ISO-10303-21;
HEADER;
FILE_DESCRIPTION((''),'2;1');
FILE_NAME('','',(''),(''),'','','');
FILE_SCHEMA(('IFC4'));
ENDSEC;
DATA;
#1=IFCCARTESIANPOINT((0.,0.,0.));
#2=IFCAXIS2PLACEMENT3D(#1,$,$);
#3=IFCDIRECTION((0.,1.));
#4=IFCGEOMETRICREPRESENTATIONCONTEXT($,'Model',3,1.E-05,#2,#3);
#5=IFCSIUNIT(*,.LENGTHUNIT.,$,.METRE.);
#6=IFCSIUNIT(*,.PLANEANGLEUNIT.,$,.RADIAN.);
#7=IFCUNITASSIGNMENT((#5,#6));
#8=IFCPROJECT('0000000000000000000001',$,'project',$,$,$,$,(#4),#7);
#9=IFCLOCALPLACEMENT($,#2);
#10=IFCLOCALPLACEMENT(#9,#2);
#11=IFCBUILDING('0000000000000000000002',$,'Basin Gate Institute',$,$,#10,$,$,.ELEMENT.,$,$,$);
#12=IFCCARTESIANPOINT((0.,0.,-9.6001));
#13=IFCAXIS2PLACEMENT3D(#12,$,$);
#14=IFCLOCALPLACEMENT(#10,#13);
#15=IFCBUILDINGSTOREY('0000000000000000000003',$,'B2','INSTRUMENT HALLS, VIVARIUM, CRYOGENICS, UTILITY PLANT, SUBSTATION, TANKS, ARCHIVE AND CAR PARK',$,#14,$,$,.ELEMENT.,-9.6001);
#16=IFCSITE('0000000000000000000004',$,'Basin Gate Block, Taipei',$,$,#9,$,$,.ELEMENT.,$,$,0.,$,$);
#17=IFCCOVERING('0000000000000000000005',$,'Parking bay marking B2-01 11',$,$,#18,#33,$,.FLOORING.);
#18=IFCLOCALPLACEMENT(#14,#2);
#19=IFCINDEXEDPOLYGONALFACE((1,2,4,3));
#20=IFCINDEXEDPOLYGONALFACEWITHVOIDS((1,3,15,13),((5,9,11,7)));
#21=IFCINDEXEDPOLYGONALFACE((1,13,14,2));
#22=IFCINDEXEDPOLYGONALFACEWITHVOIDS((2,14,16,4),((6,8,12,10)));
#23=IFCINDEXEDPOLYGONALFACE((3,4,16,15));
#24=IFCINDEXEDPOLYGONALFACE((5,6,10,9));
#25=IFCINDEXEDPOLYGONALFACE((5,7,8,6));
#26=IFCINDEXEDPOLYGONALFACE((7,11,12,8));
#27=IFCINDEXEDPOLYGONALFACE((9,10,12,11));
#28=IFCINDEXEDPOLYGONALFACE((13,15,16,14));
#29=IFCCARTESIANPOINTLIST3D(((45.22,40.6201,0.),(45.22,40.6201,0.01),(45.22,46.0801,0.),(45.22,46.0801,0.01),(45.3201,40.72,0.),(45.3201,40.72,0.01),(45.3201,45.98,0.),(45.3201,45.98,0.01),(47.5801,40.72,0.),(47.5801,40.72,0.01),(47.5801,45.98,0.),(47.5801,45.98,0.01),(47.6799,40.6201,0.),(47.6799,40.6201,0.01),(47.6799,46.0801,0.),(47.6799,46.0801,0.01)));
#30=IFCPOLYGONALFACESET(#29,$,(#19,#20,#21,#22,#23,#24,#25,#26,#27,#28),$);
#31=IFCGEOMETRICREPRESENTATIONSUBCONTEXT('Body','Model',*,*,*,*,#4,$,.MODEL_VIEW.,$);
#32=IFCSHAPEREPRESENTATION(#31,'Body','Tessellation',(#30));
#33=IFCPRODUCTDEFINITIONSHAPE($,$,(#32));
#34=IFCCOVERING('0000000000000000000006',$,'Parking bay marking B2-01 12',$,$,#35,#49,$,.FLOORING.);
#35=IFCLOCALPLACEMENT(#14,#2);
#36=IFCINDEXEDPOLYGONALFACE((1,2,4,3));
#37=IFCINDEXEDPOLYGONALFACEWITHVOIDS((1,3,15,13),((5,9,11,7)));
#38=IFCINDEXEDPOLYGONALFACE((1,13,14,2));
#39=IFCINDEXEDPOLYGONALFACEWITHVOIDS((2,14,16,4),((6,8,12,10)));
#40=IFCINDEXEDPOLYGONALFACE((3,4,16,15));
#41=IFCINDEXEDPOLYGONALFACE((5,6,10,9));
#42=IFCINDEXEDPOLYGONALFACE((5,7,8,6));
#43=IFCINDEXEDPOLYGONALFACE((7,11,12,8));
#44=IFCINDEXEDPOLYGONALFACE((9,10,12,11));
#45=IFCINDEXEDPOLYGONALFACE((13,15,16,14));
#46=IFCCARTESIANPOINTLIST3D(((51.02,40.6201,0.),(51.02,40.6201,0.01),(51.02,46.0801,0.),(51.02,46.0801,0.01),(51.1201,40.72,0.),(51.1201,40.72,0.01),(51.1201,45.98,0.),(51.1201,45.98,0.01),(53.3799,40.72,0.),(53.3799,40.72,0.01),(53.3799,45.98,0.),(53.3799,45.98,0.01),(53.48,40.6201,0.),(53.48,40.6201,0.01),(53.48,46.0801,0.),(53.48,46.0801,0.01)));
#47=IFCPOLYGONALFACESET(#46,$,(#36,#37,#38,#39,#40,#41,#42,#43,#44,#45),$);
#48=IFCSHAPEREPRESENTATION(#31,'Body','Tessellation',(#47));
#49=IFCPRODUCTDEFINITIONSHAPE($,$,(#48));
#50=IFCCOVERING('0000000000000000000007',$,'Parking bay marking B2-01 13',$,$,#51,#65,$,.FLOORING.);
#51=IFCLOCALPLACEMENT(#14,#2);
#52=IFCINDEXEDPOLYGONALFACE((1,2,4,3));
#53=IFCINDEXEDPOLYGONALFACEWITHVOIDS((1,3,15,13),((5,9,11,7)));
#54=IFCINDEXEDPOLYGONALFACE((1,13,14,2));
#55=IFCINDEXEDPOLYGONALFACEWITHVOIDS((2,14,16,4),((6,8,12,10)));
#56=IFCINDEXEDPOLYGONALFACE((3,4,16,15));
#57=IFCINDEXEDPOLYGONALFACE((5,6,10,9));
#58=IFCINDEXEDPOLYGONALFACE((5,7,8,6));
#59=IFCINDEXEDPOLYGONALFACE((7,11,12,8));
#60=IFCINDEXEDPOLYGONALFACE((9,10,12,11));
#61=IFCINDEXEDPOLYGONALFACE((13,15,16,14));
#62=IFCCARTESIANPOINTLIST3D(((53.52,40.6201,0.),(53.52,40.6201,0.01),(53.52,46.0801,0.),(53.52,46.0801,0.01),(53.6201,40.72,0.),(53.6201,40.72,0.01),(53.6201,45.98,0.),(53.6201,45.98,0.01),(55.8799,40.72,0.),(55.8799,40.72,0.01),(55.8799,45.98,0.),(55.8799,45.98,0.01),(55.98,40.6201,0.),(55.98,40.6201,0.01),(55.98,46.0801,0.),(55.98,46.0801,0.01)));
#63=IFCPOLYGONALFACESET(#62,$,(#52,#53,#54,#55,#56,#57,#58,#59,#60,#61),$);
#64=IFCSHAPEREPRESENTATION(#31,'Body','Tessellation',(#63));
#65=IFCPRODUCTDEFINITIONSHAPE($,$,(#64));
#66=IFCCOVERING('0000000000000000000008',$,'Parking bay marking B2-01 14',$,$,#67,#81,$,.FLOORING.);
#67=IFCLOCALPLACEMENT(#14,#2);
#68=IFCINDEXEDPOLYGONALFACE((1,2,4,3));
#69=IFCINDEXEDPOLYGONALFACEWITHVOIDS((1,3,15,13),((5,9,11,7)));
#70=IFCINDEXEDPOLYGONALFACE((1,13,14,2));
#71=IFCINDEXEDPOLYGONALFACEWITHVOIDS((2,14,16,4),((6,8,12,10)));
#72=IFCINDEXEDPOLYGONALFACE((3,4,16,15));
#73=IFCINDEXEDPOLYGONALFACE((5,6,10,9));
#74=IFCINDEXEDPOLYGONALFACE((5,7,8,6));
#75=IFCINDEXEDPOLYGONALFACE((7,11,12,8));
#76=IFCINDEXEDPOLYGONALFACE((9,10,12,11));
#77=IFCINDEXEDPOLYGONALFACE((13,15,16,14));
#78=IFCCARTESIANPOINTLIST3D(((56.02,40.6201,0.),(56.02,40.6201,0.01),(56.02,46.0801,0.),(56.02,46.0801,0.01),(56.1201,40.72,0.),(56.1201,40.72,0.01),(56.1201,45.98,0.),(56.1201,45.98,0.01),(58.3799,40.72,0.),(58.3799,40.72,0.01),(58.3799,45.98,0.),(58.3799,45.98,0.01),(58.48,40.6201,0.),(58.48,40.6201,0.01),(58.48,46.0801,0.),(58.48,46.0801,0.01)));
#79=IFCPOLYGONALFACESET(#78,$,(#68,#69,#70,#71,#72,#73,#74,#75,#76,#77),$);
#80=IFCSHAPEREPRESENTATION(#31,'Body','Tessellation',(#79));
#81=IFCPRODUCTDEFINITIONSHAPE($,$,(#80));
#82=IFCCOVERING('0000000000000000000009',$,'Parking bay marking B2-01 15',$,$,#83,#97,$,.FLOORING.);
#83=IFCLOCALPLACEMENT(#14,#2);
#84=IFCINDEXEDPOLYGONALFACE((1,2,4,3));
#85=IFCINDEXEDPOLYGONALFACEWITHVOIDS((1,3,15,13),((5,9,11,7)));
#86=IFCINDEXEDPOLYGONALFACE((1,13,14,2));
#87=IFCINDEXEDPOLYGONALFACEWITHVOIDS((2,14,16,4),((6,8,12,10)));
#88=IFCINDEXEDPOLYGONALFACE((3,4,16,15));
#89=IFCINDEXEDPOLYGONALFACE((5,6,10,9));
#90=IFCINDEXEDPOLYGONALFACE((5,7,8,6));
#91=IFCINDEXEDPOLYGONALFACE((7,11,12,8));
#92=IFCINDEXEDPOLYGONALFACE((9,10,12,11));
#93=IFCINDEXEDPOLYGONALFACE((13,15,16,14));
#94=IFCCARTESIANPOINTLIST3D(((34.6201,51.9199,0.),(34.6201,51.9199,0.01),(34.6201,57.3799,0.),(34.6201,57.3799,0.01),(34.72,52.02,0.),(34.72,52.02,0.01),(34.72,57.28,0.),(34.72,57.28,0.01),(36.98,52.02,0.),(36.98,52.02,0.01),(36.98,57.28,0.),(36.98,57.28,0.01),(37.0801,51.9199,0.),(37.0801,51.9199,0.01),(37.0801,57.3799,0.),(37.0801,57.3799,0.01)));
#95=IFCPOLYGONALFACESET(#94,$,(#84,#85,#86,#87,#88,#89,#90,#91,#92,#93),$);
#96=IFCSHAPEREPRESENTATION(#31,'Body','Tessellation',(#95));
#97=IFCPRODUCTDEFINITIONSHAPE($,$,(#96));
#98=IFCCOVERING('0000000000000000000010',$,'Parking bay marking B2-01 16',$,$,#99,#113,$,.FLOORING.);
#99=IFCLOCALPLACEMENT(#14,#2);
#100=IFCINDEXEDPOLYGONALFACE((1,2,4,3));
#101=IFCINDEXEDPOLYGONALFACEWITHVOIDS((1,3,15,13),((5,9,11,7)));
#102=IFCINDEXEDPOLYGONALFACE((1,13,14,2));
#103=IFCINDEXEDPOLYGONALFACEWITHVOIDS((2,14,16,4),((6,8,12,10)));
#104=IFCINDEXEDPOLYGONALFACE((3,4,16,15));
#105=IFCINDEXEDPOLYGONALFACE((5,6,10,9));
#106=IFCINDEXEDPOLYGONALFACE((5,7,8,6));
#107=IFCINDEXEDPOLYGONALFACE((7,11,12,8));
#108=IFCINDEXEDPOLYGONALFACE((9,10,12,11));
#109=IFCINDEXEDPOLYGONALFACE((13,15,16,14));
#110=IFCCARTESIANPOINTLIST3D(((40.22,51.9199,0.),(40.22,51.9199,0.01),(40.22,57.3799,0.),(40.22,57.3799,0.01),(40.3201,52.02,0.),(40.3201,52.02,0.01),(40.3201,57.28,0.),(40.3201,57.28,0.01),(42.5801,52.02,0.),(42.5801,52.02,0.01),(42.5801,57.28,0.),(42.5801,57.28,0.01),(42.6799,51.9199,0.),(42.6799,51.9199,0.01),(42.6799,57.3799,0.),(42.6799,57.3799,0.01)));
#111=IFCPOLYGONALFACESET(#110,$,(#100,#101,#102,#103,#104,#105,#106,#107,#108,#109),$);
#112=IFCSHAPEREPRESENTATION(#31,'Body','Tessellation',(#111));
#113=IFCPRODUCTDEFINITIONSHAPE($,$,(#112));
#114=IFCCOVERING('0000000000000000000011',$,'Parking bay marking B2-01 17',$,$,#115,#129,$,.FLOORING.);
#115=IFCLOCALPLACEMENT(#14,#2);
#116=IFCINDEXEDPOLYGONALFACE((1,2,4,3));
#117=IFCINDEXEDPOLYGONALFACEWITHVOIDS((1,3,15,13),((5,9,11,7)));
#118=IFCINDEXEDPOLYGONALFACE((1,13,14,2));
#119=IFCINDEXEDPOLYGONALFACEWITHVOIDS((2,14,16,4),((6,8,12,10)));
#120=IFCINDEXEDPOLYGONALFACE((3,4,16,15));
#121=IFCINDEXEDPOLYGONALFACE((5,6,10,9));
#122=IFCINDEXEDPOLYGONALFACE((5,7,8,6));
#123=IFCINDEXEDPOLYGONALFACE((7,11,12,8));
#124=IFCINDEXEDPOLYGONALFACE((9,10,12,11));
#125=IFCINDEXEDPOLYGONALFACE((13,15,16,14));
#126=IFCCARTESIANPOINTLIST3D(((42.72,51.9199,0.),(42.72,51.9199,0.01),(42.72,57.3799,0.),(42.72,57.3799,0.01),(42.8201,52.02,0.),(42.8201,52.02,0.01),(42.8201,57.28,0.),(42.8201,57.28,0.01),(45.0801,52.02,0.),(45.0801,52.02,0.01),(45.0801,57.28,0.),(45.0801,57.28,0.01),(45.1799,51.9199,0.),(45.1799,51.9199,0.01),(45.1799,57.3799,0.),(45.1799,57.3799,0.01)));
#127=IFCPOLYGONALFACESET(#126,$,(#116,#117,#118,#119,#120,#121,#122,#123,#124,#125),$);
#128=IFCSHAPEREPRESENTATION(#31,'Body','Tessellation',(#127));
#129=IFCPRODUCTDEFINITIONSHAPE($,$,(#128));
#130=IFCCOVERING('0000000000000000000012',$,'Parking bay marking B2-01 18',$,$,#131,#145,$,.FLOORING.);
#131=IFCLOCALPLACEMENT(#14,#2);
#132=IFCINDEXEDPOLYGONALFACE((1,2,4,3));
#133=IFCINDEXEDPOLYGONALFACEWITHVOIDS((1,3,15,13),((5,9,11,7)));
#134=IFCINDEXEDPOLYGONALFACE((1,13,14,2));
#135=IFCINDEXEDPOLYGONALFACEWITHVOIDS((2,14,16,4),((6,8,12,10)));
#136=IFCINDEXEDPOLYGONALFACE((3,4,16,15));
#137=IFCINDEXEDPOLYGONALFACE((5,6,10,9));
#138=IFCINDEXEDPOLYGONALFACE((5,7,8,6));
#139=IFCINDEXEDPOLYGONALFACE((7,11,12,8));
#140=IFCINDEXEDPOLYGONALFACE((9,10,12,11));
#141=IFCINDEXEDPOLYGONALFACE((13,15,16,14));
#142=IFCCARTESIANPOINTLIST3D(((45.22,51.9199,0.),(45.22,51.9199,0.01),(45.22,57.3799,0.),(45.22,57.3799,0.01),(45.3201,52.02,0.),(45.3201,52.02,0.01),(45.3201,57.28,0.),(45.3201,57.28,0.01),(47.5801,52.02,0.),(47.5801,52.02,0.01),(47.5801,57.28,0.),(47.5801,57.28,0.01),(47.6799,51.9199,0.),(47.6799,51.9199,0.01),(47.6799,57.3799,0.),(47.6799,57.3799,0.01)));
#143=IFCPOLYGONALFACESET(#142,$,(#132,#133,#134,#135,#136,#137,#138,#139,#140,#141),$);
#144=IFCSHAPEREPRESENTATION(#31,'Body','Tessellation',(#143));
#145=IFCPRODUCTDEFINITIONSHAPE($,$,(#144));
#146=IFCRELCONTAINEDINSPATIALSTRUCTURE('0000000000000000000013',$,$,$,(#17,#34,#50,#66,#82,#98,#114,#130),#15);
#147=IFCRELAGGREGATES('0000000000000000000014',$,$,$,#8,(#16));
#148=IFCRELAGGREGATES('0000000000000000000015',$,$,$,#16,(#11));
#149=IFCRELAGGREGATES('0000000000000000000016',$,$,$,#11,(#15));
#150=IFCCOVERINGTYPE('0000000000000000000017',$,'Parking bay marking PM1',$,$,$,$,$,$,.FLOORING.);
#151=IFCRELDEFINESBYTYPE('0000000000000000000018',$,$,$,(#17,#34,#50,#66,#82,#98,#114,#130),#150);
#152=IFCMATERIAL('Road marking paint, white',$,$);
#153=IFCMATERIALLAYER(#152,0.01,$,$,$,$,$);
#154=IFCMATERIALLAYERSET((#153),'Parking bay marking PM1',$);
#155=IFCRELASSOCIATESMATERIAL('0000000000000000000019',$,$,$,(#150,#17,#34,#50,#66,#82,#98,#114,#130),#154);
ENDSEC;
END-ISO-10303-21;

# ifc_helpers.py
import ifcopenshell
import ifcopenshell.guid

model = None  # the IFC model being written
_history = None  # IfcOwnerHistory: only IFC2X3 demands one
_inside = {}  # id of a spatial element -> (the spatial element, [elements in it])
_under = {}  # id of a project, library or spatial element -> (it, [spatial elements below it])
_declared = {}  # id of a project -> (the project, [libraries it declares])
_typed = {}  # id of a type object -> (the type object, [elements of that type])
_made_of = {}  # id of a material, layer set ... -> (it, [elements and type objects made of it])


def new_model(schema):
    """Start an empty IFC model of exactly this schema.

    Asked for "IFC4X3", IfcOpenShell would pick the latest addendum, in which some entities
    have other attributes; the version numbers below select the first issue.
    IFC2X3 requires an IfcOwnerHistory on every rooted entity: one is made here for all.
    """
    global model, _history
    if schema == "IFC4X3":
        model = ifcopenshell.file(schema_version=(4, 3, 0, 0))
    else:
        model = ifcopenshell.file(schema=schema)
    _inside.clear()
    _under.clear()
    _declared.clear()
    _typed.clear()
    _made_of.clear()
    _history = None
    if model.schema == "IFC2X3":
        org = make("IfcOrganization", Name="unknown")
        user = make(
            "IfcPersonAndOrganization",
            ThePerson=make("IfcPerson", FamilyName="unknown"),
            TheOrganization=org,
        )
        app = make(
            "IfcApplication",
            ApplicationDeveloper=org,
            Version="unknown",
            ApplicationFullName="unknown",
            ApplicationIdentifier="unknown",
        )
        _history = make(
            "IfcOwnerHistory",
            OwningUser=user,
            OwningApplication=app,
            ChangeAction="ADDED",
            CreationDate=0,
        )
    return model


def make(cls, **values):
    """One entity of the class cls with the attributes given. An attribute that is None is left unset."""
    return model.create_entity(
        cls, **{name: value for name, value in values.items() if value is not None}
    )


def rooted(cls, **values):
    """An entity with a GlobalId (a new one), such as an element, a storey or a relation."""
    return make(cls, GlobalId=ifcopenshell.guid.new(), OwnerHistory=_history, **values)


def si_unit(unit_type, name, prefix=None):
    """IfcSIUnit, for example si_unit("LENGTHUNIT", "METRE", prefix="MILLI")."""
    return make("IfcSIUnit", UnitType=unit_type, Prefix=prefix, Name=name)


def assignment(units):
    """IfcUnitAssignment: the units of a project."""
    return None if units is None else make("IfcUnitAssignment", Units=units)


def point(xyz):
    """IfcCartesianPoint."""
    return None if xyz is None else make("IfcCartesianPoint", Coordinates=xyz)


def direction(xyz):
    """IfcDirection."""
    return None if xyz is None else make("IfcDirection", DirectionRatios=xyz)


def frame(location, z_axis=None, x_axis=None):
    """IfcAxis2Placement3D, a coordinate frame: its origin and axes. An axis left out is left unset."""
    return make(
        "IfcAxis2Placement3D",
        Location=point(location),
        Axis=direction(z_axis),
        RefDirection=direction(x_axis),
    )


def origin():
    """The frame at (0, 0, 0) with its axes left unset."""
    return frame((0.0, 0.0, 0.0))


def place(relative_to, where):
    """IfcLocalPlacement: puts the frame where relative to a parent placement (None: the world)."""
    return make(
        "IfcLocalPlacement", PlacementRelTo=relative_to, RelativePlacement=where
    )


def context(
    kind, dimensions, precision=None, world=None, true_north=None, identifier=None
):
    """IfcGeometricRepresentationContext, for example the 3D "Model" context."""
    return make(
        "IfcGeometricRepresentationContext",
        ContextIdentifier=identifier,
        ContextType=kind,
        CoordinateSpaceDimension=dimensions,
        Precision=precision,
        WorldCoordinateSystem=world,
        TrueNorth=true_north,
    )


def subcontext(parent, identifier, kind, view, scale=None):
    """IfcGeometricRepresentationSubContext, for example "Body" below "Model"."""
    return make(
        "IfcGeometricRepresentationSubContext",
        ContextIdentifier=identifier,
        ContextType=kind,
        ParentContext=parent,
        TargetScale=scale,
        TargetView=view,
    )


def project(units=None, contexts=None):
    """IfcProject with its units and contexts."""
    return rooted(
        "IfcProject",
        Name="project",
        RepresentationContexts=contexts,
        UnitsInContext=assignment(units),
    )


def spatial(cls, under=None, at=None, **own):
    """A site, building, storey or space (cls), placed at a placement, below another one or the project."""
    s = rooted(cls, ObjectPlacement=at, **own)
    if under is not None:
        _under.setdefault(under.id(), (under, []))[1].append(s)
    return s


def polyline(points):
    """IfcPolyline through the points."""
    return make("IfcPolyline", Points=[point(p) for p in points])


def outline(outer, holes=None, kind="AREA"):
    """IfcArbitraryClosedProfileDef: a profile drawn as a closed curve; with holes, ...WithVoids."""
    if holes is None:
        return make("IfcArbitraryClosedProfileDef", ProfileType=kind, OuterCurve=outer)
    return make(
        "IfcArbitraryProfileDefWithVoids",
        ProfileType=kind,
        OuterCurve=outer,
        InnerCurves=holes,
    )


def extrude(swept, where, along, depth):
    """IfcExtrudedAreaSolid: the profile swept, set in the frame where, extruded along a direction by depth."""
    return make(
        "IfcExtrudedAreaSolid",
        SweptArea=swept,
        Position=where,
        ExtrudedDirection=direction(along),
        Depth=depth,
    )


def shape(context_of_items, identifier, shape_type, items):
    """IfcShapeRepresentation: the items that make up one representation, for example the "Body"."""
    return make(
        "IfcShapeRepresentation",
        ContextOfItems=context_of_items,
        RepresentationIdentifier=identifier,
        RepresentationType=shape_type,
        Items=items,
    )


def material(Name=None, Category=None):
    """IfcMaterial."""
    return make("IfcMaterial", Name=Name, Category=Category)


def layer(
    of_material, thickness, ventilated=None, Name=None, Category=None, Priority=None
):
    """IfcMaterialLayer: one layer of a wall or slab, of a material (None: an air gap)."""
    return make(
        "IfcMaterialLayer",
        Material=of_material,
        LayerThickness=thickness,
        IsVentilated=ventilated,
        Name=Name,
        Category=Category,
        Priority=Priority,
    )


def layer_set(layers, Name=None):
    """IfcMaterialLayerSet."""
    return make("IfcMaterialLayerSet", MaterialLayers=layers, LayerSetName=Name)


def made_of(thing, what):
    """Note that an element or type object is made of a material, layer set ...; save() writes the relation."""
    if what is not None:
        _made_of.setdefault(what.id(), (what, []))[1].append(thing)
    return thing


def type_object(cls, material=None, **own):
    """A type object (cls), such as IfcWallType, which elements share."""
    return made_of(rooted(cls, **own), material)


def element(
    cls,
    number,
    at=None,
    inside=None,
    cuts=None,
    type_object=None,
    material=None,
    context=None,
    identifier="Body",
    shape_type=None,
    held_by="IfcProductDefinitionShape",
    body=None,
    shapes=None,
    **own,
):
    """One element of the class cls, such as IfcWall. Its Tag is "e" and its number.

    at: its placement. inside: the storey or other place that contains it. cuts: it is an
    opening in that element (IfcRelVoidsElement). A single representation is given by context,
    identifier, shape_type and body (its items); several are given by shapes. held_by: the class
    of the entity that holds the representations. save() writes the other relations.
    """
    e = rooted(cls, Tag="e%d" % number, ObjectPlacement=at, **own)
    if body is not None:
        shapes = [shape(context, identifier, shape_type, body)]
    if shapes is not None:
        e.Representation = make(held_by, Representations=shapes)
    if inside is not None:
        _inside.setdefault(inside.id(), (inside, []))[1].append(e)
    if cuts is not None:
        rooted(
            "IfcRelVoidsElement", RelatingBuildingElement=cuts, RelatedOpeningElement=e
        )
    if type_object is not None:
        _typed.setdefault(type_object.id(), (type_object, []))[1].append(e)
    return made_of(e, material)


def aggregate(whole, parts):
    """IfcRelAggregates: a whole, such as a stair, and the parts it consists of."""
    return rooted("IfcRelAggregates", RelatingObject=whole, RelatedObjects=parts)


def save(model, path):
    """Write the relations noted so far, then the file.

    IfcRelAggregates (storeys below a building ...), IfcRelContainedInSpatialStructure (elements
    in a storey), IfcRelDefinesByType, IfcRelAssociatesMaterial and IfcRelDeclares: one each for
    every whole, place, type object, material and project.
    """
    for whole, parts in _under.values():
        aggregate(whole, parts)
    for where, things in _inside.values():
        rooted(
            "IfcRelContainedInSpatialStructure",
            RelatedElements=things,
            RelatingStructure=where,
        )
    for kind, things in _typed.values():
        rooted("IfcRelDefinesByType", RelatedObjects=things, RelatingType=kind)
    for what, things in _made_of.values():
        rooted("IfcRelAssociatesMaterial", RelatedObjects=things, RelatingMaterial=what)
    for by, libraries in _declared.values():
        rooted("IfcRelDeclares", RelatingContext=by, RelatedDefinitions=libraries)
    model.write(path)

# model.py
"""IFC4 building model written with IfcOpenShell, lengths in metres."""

from ifc_helpers import new_model, si_unit, direction, frame, origin, place, context, subcontext, project, spatial, polyline, outline, extrude, material, layer, layer_set, type_object, element, save


model = new_model("IFC4")

# Units and contexts
model_context = context("Model", 3, precision=1e-05, world=origin(), true_north=direction((0.0, 1.0)))
body_context = subcontext(model_context, "Body", "Model", "MODEL_VIEW")
ifc_project = project(units=[si_unit("LENGTHUNIT", "METRE"), si_unit("PLANEANGLEUNIT", "RADIAN")], contexts=[model_context])

# Site, building, storey
site_placement = place(None, origin())
site = spatial("IfcSite", under=ifc_project, at=site_placement, Name="Basin Gate Block, Taipei", CompositionType="ELEMENT", RefElevation=0.0)
building_placement = place(site_placement, origin())
building = spatial("IfcBuilding", under=site, at=building_placement, Name="Basin Gate Institute", CompositionType="ELEMENT")
storey_placement = place(building_placement, frame((0.0, 0.0, -9.6001)))
storey = spatial("IfcBuildingStorey", under=building, at=storey_placement, Name="B2", Description="INSTRUMENT HALLS, VIVARIUM, CRYOGENICS, UTILITY PLANT, SUBSTATION, TANKS, ARCHIVE AND CAR PARK", CompositionType="ELEMENT", Elevation=-9.6001)

# Coverings
ifc_material_1 = material(Name="Road marking paint, white")
ifc_layer_1 = layer(ifc_material_1, 0.01)
ifc_layer_set_1 = layer_set([ifc_layer_1], Name="Parking bay marking PM1")
covering_type = type_object("IfcCoveringType", Name="Parking bay marking PM1", PredefinedType="FLOORING", material=ifc_layer_set_1)
covering_1_placement = place(storey_placement, origin())
element("IfcCovering", 1, at=covering_1_placement, inside=storey, type_object=covering_type, material=ifc_layer_set_1, Name="Parking bay marking B2-01 11", PredefinedType="FLOORING", context=body_context, shape_type="SweptSolid", body=[
    extrude(outline(polyline([(45.22, 40.6201), (47.6799, 40.6201), (47.6799, 46.0801), (45.22, 46.0801), (45.22, 40.6201)]), holes=[polyline([(45.3201, 40.72), (47.5801, 40.72), (47.5801, 45.98), (45.3201, 45.98), (45.3201, 40.72)])]), origin(), (0.0, 0.0, 1.0), 0.01),
])
covering_2_placement = place(storey_placement, origin())
element("IfcCovering", 2, at=covering_2_placement, inside=storey, type_object=covering_type, material=ifc_layer_set_1, Name="Parking bay marking B2-01 12", PredefinedType="FLOORING", context=body_context, shape_type="SweptSolid", body=[
    extrude(outline(polyline([(51.02, 40.6201), (53.48, 40.6201), (53.48, 46.0801), (51.02, 46.0801), (51.02, 40.6201)]), holes=[polyline([(51.1201, 40.72), (53.3799, 40.72), (53.3799, 45.98), (51.1201, 45.98), (51.1201, 40.72)])]), origin(), (0.0, 0.0, 1.0), 0.01),
])
covering_3_placement = place(storey_placement, origin())
element("IfcCovering", 3, at=covering_3_placement, inside=storey, type_object=covering_type, material=ifc_layer_set_1, Name="Parking bay marking B2-01 13", PredefinedType="FLOORING", context=body_context, shape_type="SweptSolid", body=[
    extrude(outline(polyline([(53.52, 40.6201), (55.98, 40.6201), (55.98, 46.0801), (53.52, 46.0801), (53.52, 40.6201)]), holes=[polyline([(53.6201, 40.72), (55.8799, 40.72), (55.8799, 45.98), (53.6201, 45.98), (53.6201, 40.72)])]), origin(), (0.0, 0.0, 1.0), 0.01),
])
covering_4_placement = place(storey_placement, origin())
element("IfcCovering", 4, at=covering_4_placement, inside=storey, type_object=covering_type, material=ifc_layer_set_1, Name="Parking bay marking B2-01 14", PredefinedType="FLOORING", context=body_context, shape_type="SweptSolid", body=[
    extrude(outline(polyline([(56.02, 40.6201), (58.48, 40.6201), (58.48, 46.0801), (56.02, 46.0801), (56.02, 40.6201)]), holes=[polyline([(56.1201, 40.72), (58.3799, 40.72), (58.3799, 45.98), (56.1201, 45.98), (56.1201, 40.72)])]), origin(), (0.0, 0.0, 1.0), 0.01),
])
covering_5_placement = place(storey_placement, origin())
element("IfcCovering", 5, at=covering_5_placement, inside=storey, type_object=covering_type, material=ifc_layer_set_1, Name="Parking bay marking B2-01 15", PredefinedType="FLOORING", context=body_context, shape_type="SweptSolid", body=[
    extrude(outline(polyline([(34.6201, 51.9199), (37.0801, 51.9199), (37.0801, 57.3799), (34.6201, 57.3799), (34.6201, 51.9199)]), holes=[polyline([(34.72, 52.02), (36.98, 52.02), (36.98, 57.28), (34.72, 57.28), (34.72, 52.02)])]), origin(), (0.0, 0.0, 1.0), 0.01),
])
covering_6_placement = place(storey_placement, origin())
element("IfcCovering", 6, at=covering_6_placement, inside=storey, type_object=covering_type, material=ifc_layer_set_1, Name="Parking bay marking B2-01 16", PredefinedType="FLOORING", context=body_context, shape_type="SweptSolid", body=[
    extrude(outline(polyline([(40.22, 51.9199), (42.6799, 51.9199), (42.6799, 57.3799), (40.22, 57.3799), (40.22, 51.9199)]), holes=[polyline([(40.3201, 52.02), (42.5801, 52.02), (42.5801, 57.28), (40.3201, 57.28), (40.3201, 52.02)])]), origin(), (0.0, 0.0, 1.0), 0.01),
])
covering_7_placement = place(storey_placement, origin())
element("IfcCovering", 7, at=covering_7_placement, inside=storey, type_object=covering_type, material=ifc_layer_set_1, Name="Parking bay marking B2-01 17", PredefinedType="FLOORING", context=body_context, shape_type="SweptSolid", body=[
    extrude(outline(polyline([(42.72, 51.9199), (45.1799, 51.9199), (45.1799, 57.3799), (42.72, 57.3799), (42.72, 51.9199)]), holes=[polyline([(42.8201, 52.02), (45.0801, 52.02), (45.0801, 57.28), (42.8201, 57.28), (42.8201, 52.02)])]), origin(), (0.0, 0.0, 1.0), 0.01),
])
covering_8_placement = place(storey_placement, origin())
element("IfcCovering", 8, at=covering_8_placement, inside=storey, type_object=covering_type, material=ifc_layer_set_1, Name="Parking bay marking B2-01 18", PredefinedType="FLOORING", context=body_context, shape_type="SweptSolid", body=[
    extrude(outline(polyline([(45.22, 51.9199), (47.6799, 51.9199), (47.6799, 57.3799), (45.22, 57.3799), (45.22, 51.9199)]), holes=[polyline([(45.3201, 52.02), (47.5801, 52.02), (47.5801, 57.28), (45.3201, 57.28), (45.3201, 52.02)])]), origin(), (0.0, 0.0, 1.0), 0.01),
])

save(model, "model.ifc")
